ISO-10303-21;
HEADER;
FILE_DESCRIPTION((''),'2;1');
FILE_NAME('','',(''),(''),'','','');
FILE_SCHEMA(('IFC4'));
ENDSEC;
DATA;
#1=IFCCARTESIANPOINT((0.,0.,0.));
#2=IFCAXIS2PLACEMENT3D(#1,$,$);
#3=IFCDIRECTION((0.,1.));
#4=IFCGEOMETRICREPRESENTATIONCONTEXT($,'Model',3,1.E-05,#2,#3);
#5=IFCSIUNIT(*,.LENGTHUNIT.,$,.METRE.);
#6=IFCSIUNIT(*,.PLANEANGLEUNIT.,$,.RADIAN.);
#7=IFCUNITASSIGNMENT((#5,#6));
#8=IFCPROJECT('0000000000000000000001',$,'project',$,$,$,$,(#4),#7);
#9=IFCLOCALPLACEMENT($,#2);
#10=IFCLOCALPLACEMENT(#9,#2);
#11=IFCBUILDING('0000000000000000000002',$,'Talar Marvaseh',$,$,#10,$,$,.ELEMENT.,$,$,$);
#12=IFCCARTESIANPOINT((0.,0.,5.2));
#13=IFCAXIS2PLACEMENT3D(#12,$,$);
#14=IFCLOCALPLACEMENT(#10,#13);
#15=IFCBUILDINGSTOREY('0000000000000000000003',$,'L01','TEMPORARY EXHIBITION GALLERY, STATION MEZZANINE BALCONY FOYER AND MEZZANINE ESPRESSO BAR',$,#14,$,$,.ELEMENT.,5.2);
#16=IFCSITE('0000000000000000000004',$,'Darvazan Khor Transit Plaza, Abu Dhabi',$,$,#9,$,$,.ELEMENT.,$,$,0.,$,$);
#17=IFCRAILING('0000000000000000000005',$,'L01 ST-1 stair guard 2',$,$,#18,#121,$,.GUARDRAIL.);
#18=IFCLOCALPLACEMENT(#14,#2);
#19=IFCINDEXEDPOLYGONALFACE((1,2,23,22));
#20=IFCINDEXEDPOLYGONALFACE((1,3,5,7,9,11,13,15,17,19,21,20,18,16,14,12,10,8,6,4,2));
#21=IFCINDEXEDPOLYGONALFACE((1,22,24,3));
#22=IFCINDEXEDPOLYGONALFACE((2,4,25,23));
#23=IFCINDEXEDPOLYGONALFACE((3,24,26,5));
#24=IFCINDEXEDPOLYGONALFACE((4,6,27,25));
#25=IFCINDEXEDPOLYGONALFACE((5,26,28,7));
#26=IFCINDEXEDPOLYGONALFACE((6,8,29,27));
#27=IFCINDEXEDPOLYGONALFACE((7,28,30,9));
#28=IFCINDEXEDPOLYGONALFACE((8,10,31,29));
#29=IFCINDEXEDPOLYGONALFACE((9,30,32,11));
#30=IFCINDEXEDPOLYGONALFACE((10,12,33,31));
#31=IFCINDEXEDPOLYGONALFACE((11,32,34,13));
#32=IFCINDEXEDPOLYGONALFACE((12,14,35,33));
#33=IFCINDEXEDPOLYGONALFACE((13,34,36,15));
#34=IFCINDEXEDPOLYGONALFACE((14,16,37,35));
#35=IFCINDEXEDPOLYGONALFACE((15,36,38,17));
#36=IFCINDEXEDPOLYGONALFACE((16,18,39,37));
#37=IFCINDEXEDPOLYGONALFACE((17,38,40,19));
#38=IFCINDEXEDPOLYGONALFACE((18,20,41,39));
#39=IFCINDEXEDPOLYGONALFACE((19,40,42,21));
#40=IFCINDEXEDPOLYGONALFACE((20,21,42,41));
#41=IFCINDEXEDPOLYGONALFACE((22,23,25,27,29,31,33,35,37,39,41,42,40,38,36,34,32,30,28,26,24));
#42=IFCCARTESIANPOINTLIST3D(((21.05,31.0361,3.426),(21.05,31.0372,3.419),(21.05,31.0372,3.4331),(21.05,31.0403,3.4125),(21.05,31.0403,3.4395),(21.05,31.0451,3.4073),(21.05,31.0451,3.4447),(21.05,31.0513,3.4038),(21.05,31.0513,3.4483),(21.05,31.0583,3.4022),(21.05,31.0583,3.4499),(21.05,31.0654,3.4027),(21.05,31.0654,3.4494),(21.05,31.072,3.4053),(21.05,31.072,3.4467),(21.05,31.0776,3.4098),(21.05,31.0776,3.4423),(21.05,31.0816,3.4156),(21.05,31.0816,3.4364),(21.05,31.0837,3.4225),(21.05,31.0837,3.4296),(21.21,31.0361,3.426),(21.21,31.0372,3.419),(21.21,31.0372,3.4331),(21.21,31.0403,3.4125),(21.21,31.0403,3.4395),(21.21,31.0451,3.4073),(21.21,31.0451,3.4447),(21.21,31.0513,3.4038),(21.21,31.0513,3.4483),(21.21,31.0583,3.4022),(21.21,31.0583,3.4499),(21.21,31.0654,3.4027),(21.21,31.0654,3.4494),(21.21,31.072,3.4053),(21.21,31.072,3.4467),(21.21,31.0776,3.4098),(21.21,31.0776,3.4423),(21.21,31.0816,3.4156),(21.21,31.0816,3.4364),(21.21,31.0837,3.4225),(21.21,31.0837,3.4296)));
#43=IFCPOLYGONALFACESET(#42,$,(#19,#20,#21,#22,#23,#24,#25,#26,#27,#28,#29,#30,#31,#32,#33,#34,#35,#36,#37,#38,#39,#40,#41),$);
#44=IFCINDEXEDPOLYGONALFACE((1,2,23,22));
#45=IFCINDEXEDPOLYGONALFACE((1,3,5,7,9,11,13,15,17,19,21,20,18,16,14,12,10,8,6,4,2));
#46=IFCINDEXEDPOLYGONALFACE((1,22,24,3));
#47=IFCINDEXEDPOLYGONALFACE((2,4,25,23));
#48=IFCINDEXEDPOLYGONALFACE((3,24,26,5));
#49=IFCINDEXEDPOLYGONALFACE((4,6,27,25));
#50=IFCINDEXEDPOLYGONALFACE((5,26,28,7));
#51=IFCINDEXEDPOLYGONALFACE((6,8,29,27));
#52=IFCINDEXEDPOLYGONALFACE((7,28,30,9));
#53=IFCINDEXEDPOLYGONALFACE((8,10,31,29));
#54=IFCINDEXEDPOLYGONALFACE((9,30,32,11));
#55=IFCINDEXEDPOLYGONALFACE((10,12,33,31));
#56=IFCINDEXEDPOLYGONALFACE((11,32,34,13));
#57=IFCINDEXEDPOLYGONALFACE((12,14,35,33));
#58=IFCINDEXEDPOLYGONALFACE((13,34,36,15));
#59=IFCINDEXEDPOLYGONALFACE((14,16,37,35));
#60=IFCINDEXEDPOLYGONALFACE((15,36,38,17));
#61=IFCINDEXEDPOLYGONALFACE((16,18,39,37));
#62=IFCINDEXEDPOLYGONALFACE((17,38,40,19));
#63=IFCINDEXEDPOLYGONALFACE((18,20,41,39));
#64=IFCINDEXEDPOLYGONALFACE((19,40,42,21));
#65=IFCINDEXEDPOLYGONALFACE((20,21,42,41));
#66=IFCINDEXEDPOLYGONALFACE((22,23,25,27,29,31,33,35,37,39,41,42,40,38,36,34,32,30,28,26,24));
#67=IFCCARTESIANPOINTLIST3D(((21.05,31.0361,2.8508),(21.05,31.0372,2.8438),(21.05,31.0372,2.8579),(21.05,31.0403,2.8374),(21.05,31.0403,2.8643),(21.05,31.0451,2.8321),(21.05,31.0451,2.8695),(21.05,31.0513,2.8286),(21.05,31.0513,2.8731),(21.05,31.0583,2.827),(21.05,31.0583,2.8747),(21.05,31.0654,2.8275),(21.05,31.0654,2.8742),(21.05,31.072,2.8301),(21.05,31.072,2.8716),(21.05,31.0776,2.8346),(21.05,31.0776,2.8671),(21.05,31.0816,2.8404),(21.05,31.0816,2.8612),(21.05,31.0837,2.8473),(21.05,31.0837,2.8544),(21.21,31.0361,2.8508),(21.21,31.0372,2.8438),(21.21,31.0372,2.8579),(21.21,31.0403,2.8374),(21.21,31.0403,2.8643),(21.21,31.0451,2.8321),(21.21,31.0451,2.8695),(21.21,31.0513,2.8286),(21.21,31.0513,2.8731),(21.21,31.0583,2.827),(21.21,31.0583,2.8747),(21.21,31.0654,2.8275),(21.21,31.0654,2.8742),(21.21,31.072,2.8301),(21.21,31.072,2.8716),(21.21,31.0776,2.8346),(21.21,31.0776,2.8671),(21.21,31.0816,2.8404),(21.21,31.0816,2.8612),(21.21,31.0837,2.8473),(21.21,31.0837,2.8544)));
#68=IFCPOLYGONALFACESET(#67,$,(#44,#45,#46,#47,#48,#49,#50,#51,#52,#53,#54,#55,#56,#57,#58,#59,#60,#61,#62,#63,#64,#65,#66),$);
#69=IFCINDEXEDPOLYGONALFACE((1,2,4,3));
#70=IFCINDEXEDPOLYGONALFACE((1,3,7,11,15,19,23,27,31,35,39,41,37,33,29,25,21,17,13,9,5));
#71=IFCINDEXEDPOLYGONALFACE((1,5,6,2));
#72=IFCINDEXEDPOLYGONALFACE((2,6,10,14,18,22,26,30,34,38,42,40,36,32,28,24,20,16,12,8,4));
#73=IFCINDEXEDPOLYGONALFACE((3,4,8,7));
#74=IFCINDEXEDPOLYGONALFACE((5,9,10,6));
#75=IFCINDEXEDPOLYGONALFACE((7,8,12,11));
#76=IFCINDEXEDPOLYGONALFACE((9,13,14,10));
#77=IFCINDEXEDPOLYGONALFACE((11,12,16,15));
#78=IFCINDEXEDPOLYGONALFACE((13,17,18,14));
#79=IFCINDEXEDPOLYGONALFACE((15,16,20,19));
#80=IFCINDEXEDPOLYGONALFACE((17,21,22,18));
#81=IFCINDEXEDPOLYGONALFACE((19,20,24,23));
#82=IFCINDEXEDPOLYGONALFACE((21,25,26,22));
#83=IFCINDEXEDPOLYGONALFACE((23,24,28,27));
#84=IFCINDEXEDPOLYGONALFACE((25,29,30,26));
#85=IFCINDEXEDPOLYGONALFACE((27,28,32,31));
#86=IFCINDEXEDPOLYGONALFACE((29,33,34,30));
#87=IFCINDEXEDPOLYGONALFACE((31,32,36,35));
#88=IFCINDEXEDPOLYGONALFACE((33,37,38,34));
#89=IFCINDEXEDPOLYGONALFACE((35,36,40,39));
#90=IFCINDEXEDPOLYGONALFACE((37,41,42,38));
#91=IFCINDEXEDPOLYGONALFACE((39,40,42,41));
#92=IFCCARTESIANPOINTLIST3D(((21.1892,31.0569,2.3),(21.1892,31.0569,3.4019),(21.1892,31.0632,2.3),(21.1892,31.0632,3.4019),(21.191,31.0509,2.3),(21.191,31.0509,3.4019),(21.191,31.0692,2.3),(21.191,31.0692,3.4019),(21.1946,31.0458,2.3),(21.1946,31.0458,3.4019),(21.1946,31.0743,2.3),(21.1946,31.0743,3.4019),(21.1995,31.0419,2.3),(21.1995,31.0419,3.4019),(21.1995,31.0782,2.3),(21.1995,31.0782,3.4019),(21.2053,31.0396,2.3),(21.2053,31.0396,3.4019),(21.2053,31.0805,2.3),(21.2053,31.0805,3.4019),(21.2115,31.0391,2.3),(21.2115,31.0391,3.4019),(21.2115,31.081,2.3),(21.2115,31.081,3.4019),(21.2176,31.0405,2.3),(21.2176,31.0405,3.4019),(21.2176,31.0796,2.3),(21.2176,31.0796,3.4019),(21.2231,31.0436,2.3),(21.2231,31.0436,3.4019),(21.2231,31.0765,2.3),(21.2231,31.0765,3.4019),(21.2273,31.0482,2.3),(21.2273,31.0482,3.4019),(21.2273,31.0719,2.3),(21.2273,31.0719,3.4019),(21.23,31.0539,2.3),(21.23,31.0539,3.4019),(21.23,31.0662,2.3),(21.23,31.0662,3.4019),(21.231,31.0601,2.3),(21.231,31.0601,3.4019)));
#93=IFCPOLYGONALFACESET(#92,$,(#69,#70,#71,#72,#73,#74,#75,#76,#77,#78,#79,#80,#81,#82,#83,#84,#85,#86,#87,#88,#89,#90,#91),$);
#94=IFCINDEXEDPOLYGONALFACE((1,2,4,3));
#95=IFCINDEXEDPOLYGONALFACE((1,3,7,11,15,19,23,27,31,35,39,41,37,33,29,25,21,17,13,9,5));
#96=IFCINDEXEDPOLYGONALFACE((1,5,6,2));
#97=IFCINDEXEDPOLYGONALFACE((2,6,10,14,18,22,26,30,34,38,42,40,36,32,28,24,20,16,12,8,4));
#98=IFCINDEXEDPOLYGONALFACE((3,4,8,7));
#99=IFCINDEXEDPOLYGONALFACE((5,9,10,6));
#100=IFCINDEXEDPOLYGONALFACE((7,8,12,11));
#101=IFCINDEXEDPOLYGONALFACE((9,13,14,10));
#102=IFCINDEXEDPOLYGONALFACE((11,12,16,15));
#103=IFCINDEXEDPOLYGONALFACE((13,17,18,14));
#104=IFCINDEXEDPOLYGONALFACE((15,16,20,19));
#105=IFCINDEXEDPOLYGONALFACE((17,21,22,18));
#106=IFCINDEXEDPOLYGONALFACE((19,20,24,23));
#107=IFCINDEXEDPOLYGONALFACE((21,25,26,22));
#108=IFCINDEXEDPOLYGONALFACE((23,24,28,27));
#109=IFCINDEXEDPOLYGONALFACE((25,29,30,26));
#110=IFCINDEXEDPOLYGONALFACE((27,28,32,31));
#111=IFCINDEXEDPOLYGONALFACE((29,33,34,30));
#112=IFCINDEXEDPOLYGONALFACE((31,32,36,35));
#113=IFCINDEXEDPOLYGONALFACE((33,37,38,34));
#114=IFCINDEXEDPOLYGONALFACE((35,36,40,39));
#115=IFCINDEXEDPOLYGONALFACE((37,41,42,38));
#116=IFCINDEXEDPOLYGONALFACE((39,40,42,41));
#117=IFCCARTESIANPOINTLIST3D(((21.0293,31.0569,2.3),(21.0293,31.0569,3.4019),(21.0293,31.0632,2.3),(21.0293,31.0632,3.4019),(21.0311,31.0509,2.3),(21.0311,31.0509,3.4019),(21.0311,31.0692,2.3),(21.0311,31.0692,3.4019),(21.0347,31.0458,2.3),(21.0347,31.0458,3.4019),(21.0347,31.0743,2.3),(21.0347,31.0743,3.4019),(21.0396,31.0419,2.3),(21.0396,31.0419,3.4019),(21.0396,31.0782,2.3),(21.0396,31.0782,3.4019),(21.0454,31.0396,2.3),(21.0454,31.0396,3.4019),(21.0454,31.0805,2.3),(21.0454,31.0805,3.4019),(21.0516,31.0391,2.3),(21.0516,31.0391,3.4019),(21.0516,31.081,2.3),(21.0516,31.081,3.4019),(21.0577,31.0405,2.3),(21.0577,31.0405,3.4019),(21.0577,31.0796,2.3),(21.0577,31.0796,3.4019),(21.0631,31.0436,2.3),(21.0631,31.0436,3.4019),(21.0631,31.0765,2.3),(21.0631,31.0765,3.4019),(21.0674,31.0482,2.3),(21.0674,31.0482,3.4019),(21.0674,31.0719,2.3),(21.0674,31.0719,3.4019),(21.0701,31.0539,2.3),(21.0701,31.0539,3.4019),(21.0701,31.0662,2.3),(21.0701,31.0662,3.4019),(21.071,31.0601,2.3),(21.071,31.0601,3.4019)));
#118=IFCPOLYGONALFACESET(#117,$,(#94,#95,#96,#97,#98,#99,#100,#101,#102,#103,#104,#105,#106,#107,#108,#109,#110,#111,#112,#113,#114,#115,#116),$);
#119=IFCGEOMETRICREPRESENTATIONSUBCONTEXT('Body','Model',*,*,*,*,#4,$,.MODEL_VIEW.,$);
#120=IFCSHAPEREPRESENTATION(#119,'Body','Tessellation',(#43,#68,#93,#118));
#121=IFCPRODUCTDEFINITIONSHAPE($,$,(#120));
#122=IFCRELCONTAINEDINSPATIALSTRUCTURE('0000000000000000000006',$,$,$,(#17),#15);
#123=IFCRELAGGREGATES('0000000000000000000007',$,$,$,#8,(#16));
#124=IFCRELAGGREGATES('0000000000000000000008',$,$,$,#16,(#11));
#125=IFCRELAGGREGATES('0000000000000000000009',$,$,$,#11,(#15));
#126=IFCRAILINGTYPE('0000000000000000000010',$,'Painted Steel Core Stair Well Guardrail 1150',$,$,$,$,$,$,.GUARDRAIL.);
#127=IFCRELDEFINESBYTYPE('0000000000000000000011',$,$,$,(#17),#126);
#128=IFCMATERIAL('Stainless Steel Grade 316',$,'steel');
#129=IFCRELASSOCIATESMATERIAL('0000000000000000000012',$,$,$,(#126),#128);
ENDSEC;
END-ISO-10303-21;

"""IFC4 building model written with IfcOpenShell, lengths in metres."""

from ifc_helpers import new_model, si_unit, direction, frame, origin, origin_2d, place, context, subcontext, project, spatial, circle, extrude, material, type_object, element, save


model = new_model("IFC4")

# Units and contexts
model_context = context("Model", 3, precision=1e-05, world=origin(), true_north=direction((0.0, 1.0)))
body_context = subcontext(model_context, "Body", "Model", "MODEL_VIEW")
ifc_project = project(units=[si_unit("LENGTHUNIT", "METRE"), si_unit("PLANEANGLEUNIT", "RADIAN")], contexts=[model_context])

# Site, building, storey
site_placement = place(None, origin())
site = spatial("IfcSite", under=ifc_project, at=site_placement, Name="Darvazan Khor Transit Plaza, Abu Dhabi", CompositionType="ELEMENT", RefElevation=0.0)
building_placement = place(site_placement, origin())
building = spatial("IfcBuilding", under=site, at=building_placement, Name="Talar Marvaseh", CompositionType="ELEMENT")
storey_placement = place(building_placement, frame((0.0, 0.0, 5.2)))
storey = spatial("IfcBuildingStorey", under=building, at=storey_placement, Name="L01", Description="TEMPORARY EXHIBITION GALLERY, STATION MEZZANINE BALCONY FOYER AND MEZZANINE ESPRESSO BAR", CompositionType="ELEMENT", Elevation=5.2)

# Railing
ifc_material_1 = material(Name="Stainless Steel Grade 316", Category="steel")
railing_type_1 = type_object("IfcRailingType", Name="Painted Steel Core Stair Well Guardrail 1150", PredefinedType="GUARDRAIL", material=ifc_material_1)
railing_1_placement = place(storey_placement, frame((21.21, 31.0601, 2.3)))
element("IfcRailing", 1, at=railing_1_placement, inside=storey, type_object=railing_type_1, Name="L01 ST-1 stair guard 2", PredefinedType="GUARDRAIL", context=body_context, shape_type="SweptSolid", body=[
    extrude(circle(Radius=0.0239, at=origin_2d()), frame((0.0, 0.0, 1.126), z_axis=(-1.0, 0.0, 0.0), x_axis=(0.0, -1.0, 0.0)), (0.0, 0.0, 1.0), 0.1599),
    extrude(circle(Radius=0.0239, at=origin_2d()), frame((0.0, 0.0, 0.5508), z_axis=(-1.0, 0.0, 0.0), x_axis=(0.0, -1.0, 0.0)), (0.0, 0.0, 1.0), 0.1599),
    extrude(circle(Radius=0.021, at=origin_2d()), origin(), (0.0, 0.0, 1.0), 1.1018),
    extrude(circle(Radius=0.021, at=origin_2d()), frame((-0.1599, 0.0, 0.0)), (0.0, 0.0, 1.0), 1.1018),
])

save(model, "model.ifc")
